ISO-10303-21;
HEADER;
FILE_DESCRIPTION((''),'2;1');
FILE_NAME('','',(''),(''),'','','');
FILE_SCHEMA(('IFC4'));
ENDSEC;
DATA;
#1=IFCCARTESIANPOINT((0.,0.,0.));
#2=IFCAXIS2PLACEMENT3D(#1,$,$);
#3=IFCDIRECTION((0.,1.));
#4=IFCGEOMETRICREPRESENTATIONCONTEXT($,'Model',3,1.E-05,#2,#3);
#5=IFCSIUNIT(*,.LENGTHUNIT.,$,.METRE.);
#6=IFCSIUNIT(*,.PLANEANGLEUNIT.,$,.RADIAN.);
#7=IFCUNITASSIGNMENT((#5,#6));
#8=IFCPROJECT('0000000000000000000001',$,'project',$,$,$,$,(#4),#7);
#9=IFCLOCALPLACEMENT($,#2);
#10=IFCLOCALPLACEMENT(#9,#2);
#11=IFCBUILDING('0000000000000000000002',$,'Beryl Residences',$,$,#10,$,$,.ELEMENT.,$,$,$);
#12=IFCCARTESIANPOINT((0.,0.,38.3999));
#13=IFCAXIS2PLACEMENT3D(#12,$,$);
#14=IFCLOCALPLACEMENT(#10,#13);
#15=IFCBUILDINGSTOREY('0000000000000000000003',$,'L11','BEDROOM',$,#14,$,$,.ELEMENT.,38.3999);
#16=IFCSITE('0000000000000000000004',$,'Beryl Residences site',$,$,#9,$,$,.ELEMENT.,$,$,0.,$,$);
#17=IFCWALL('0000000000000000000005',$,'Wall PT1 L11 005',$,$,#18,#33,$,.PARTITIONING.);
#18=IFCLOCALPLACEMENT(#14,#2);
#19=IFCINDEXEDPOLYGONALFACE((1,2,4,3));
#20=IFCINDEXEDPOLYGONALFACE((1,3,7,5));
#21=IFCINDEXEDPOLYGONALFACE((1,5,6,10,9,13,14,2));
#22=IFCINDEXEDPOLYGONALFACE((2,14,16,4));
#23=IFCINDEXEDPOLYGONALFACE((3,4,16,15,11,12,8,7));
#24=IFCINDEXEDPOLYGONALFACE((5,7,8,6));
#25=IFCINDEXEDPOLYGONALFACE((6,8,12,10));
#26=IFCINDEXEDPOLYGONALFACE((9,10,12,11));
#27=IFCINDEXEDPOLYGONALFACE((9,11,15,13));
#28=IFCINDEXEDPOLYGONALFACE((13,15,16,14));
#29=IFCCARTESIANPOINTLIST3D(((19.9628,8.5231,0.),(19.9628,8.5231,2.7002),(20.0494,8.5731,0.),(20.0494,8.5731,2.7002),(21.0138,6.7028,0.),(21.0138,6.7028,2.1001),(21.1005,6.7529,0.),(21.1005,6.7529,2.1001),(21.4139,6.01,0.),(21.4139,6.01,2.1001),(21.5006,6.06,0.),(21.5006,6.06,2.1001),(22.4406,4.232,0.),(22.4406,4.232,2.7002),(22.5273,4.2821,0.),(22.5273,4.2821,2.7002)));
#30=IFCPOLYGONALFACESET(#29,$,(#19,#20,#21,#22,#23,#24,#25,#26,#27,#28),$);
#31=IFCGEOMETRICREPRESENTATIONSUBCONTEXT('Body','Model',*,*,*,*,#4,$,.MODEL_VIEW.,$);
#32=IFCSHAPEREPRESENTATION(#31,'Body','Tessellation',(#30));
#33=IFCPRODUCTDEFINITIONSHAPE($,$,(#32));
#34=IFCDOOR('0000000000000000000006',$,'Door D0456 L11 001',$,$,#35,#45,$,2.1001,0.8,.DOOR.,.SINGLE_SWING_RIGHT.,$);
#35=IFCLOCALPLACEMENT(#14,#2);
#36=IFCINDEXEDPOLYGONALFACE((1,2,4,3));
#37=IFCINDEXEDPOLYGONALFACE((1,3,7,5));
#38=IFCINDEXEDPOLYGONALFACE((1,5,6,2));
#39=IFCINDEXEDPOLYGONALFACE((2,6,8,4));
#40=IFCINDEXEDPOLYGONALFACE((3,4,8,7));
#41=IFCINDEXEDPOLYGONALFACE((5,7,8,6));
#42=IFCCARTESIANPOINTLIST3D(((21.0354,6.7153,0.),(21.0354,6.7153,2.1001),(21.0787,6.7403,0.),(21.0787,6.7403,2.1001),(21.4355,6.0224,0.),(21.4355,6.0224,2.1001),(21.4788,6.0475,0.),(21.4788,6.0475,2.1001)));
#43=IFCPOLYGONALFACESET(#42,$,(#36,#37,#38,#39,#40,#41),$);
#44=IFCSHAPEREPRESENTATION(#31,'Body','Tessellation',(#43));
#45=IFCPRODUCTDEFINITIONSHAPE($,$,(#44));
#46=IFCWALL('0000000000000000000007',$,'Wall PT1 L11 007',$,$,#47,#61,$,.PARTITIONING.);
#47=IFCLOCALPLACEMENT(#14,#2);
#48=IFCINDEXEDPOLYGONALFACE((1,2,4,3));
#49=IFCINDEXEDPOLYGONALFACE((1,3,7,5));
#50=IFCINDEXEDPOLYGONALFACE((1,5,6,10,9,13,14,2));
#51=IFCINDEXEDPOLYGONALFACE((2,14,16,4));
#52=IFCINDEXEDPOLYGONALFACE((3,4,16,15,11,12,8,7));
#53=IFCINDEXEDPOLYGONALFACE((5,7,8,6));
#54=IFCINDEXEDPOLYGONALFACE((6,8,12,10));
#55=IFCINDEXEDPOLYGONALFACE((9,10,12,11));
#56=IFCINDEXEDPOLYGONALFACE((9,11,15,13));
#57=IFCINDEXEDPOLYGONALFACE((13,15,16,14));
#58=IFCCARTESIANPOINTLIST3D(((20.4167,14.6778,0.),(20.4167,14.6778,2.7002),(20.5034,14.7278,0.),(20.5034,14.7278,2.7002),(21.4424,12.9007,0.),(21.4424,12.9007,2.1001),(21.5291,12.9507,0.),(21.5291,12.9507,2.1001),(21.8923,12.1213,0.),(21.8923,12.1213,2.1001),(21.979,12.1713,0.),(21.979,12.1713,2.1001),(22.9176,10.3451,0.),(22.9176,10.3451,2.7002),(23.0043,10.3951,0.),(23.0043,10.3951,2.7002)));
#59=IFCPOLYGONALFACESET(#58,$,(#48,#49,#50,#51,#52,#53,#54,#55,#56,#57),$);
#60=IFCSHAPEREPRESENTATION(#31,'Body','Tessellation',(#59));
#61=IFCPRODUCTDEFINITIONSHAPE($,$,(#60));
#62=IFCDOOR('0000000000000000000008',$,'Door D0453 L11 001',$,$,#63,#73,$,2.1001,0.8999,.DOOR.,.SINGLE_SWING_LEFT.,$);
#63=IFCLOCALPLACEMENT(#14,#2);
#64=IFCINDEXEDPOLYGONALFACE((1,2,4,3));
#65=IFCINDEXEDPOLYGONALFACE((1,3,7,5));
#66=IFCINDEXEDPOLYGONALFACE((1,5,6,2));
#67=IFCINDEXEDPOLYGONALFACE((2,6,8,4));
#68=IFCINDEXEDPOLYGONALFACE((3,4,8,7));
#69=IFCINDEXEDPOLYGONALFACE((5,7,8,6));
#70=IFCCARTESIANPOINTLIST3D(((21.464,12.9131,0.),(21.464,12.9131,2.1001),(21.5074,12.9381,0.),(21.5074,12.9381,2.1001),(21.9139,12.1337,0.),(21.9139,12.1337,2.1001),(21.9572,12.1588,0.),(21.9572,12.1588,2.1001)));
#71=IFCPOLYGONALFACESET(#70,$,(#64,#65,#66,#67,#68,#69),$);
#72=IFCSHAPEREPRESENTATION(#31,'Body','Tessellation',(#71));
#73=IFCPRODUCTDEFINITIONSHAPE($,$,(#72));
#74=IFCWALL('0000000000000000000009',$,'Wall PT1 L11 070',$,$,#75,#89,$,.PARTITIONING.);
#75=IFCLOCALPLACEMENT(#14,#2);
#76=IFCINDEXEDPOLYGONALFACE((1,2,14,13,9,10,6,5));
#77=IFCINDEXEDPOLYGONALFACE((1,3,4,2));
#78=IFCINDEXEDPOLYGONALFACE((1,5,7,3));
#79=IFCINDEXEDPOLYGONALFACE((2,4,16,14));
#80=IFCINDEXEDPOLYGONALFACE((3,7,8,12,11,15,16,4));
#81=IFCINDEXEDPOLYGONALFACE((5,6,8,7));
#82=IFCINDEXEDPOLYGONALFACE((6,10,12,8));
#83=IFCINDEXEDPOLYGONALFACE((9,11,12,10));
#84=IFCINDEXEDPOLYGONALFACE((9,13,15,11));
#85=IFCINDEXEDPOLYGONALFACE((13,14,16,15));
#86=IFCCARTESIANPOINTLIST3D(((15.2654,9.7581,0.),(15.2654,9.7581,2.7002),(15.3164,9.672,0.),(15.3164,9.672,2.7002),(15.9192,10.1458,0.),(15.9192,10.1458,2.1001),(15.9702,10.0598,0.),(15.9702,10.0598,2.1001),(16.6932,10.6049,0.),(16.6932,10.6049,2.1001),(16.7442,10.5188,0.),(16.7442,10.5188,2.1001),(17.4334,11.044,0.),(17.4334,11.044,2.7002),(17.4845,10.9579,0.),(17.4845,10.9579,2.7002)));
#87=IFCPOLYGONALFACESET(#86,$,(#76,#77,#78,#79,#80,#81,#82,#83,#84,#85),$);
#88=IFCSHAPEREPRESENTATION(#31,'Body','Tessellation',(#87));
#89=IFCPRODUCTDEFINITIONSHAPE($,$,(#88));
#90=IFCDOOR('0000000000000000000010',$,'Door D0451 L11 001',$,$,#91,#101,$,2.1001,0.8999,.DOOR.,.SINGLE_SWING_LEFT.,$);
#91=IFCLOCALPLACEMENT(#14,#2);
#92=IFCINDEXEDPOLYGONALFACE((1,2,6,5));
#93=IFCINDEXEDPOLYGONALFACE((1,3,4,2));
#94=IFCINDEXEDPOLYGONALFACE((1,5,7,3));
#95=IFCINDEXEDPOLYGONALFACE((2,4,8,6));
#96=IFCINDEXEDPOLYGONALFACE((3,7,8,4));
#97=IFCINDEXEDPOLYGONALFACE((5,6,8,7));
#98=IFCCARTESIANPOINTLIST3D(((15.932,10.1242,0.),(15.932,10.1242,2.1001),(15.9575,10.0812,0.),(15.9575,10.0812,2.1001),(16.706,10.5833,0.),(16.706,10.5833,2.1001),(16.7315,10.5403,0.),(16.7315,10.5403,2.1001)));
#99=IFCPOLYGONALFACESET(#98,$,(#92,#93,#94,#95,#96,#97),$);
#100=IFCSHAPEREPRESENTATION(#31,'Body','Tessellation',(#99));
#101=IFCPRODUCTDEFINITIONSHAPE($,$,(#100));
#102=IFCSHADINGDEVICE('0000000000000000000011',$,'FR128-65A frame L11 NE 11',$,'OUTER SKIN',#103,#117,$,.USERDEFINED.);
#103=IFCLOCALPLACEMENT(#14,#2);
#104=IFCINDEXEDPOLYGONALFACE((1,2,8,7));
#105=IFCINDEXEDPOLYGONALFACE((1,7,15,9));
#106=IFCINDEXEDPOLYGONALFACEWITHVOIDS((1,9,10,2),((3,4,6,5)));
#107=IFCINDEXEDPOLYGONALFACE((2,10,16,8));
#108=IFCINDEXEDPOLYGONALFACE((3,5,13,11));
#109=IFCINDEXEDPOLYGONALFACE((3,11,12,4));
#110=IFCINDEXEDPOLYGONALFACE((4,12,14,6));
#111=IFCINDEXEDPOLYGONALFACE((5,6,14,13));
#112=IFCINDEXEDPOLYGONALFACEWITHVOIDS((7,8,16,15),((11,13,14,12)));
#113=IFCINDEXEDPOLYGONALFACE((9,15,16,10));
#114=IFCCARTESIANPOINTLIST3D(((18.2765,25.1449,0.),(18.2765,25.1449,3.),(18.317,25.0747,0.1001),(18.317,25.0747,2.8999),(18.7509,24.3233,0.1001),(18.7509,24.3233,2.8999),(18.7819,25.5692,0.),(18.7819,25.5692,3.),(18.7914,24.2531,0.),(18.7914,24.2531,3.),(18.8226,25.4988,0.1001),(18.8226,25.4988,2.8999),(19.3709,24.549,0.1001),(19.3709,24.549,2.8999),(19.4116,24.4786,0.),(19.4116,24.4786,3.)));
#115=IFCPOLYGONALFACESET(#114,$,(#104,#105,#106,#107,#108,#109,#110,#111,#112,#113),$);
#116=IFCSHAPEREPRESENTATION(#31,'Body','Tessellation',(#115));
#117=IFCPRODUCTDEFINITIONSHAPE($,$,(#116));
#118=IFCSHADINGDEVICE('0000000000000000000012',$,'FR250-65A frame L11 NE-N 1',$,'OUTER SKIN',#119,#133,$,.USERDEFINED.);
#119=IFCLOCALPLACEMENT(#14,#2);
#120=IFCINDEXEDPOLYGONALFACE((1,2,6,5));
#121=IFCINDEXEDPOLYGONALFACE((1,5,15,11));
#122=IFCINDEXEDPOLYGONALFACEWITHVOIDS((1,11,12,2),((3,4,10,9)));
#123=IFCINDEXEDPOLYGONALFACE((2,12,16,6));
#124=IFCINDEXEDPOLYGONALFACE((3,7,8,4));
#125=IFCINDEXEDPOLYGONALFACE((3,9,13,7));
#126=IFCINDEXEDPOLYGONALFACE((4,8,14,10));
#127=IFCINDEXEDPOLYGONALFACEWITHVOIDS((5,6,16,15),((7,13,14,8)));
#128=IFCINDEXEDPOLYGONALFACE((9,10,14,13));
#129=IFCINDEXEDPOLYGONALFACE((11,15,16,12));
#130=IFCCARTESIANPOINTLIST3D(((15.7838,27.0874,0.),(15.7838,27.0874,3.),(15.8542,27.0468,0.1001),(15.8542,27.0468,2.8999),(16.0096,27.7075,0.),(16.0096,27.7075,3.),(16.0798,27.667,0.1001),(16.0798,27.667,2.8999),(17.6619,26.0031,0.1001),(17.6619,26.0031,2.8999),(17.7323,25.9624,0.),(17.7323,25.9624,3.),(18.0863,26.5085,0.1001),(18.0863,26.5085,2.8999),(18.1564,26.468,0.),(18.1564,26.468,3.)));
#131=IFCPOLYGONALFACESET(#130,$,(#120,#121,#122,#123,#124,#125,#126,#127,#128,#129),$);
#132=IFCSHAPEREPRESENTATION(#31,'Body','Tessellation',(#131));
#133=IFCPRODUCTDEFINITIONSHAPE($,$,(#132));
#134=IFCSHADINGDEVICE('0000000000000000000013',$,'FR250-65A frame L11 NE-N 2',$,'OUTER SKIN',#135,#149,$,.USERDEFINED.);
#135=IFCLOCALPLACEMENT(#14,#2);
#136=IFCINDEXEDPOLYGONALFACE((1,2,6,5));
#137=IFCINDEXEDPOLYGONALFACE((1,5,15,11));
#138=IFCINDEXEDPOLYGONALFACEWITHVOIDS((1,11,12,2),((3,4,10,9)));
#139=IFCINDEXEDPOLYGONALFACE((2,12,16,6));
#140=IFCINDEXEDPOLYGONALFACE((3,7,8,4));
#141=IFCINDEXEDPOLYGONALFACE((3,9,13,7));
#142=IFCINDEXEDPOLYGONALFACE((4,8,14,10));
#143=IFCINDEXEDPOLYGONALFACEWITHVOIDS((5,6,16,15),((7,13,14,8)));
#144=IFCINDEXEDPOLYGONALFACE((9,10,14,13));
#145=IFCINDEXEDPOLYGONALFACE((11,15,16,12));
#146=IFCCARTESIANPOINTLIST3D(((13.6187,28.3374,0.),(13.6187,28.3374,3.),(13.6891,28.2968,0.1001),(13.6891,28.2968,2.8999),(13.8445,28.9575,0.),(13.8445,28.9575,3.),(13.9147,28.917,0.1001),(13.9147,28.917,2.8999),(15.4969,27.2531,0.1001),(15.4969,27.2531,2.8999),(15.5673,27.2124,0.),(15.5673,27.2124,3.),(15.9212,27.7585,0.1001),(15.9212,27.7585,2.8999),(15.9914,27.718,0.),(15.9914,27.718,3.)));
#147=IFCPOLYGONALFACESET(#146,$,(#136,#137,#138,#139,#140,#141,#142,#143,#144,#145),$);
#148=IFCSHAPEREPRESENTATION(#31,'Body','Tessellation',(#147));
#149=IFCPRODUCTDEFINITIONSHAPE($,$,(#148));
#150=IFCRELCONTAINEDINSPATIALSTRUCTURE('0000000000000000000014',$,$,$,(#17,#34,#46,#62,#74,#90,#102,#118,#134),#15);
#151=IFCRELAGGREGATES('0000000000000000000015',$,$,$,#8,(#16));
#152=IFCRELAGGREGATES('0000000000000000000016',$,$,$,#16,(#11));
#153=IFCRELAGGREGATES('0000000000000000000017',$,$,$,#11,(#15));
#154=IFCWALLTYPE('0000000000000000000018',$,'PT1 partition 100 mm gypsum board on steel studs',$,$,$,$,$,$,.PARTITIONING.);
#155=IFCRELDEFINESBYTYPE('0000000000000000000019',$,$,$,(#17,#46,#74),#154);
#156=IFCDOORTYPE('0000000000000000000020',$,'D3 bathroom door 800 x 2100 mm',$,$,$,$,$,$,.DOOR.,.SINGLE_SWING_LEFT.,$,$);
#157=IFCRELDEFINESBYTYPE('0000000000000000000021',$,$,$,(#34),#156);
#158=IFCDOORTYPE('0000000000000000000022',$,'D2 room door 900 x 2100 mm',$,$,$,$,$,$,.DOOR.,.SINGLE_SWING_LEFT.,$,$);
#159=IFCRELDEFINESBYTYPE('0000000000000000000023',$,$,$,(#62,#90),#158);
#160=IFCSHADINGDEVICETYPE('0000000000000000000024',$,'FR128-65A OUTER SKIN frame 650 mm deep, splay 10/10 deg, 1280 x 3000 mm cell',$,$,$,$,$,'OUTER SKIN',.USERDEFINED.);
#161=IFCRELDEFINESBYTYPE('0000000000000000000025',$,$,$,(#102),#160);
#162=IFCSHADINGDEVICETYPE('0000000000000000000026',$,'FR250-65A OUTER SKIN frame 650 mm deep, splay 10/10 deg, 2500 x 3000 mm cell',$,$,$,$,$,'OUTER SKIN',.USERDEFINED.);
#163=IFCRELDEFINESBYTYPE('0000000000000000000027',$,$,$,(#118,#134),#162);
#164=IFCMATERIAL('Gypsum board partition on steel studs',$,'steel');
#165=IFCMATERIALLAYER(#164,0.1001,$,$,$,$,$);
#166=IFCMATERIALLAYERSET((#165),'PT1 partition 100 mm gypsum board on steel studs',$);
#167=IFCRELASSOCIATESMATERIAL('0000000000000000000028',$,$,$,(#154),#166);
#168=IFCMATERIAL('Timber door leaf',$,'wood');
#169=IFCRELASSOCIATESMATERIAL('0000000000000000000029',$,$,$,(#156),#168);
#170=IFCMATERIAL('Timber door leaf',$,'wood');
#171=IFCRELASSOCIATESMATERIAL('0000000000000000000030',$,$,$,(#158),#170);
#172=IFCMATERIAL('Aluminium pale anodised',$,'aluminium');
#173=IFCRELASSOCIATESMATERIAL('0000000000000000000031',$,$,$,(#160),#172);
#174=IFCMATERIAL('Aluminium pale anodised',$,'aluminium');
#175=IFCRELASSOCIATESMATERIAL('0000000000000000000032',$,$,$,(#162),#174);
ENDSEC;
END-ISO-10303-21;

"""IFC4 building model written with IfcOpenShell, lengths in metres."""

from ifc_helpers import new_model, entity, si_unit, direction, frame, frame_2d, origin, place, context, subcontext, project, spatial, rectangle, extrude, source, transform, mapped, material, layer, layer_set, type_object, type_shapes, element, fill, save


model = new_model("IFC4")

# Units and contexts
model_context = context("Model", 3, precision=1e-05, world=origin(), true_north=direction((0.0, 1.0)))
body_context = subcontext(model_context, "Body", "Model", "MODEL_VIEW")
ifc_project = project(units=[si_unit("LENGTHUNIT", "METRE"), si_unit("PLANEANGLEUNIT", "RADIAN")], contexts=[model_context])

# Site, building, storey
site_placement = place(None, origin())
site = spatial("IfcSite", under=ifc_project, at=site_placement, Name="Beryl Residences site", CompositionType="ELEMENT", RefElevation=0.0)
building_placement = place(site_placement, origin())
building = spatial("IfcBuilding", under=site, at=building_placement, Name="Beryl Residences", CompositionType="ELEMENT")
storey_placement = place(building_placement, frame((0.0, 0.0, 38.3999)))
storey = spatial("IfcBuildingStorey", under=building, at=storey_placement, Name="L11", Description="BEDROOM", CompositionType="ELEMENT", Elevation=38.3999)

# Shared definitions
ifc_material_1 = material(Name="Gypsum board partition on steel studs", Category="steel")
ifc_layer_1 = layer(ifc_material_1, 0.1001)
ifc_layer_set_1 = layer_set([ifc_layer_1], Name="PT1 partition 100 mm gypsum board on steel studs")
wall_type_1 = type_object("IfcWallType", Name="PT1 partition 100 mm gypsum board on steel studs", PredefinedType="PARTITIONING", material=ifc_layer_set_1)

# Walls, openings, doors
ifc_material_2 = material(Name="Timber door leaf", Category="wood")
door_type_1 = type_object("IfcDoorType", Name="D3 bathroom door 800 x 2100 mm", OperationType="SINGLE_SWING_LEFT", PredefinedType="DOOR", material=ifc_material_2)
wall_1_placement = place(storey_placement, frame((20.0061, 8.5481, 0.0), z_axis=(0.0, 0.0, 1.0), x_axis=(0.500055, -0.865994, 0.0)))
wall_1 = element("IfcWall", 1, at=wall_1_placement, inside=storey, type_object=wall_type_1, Name="Wall PT1 L11 005", PredefinedType="PARTITIONING", context=body_context, shape_type="SweptSolid", body=[
    extrude(rectangle(XDim=4.9551, YDim=0.1001, at=frame_2d((2.4775, 0.0))), origin(), (0.0, 0.0, 1.0), 2.7002),
])
opening_1_placement = place(wall_1_placement, frame((2.1021, 0.0, 0.0)))
opening_1 = element("IfcOpeningElement", 2, at=opening_1_placement, cuts=wall_1, PredefinedType="OPENING", context=body_context, shape_type="SweptSolid", body=[
    extrude(rectangle(XDim=0.8, YDim=2.1001, at=frame_2d((0.3999, 1.05))), frame((0.0, 0.0601, 0.0), z_axis=(0.0, -1.0, 0.0), x_axis=(1.0, 0.0, 0.0)), (0.0, 0.0, 1.0), 0.1201),
])
door_1_placement = place(opening_1_placement, origin())
door_1 = element("IfcDoor", 3, at=door_1_placement, inside=storey, type_object=door_type_1, Name="Door D0456 L11 001", OperationType="SINGLE_SWING_RIGHT", OverallHeight=2.1001, OverallWidth=0.8, PredefinedType="DOOR", context=body_context, shape_type="SweptSolid", body=[
    extrude(rectangle(XDim=0.8, YDim=2.1001, at=frame_2d((0.3999, 1.05))), frame((0.0, 0.0249, 0.0), z_axis=(0.0, -1.0, 0.0), x_axis=(1.0, 0.0, 0.0)), (0.0, 0.0, 1.0), 0.05),
])
fill(opening_1, door_1)
wall_2_placement = place(storey_placement, frame((20.46, 14.7029, 0.0), z_axis=(0.0, 0.0, 1.0), x_axis=(0.499918, -0.866073, 0.0)))
wall_2 = element("IfcWall", 4, at=wall_2_placement, inside=storey, type_object=wall_type_1, Name="Wall PT1 L11 007", PredefinedType="PARTITIONING", context=body_context, shape_type="SweptSolid", body=[
    extrude(rectangle(XDim=5.0027, YDim=0.1001, at=frame_2d((2.5015, 0.0))), origin(), (0.0, 0.0, 1.0), 2.7002),
])
opening_2_placement = place(wall_2_placement, frame((2.052, 0.0, 0.0)))
opening_2 = element("IfcOpeningElement", 5, at=opening_2_placement, cuts=wall_2, PredefinedType="OPENING", context=body_context, shape_type="SweptSolid", body=[
    extrude(rectangle(XDim=0.8999, YDim=2.1001, at=frame_2d((0.45, 1.05))), frame((0.0, 0.0601, 0.0), z_axis=(0.0, -1.0, 0.0), x_axis=(1.0, 0.0, 0.0)), (0.0, 0.0, 1.0), 0.1201),
])
ifc_material_3 = material(Name="Timber door leaf", Category="wood")
door_type_2 = type_object("IfcDoorType", Name="D2 room door 900 x 2100 mm", OperationType="SINGLE_SWING_LEFT", PredefinedType="DOOR", material=ifc_material_3)
door_2_placement = place(opening_2_placement, origin())
door_2 = element("IfcDoor", 6, at=door_2_placement, inside=storey, type_object=door_type_2, Name="Door D0453 L11 001", OperationType="SINGLE_SWING_LEFT", OverallHeight=2.1001, OverallWidth=0.8999, PredefinedType="DOOR", context=body_context, shape_type="SweptSolid", body=[
    extrude(rectangle(XDim=0.8999, YDim=2.1001, at=frame_2d((0.45, 1.05))), frame((0.0, 0.0249, 0.0), z_axis=(0.0, -1.0, 0.0), x_axis=(1.0, 0.0, 0.0)), (0.0, 0.0, 1.0), 0.05),
])
fill(opening_2, door_2)
wall_3_placement = place(storey_placement, frame((15.291, 9.7151, 0.0), z_axis=(0.0, 0.0, 1.0), x_axis=(0.860089, 0.510145, 0.0)))
wall_3 = element("IfcWall", 7, at=wall_3_placement, inside=storey, type_object=wall_type_1, Name="Wall PT1 L11 070", PredefinedType="PARTITIONING", context=body_context, shape_type="SweptSolid", body=[
    extrude(rectangle(XDim=2.5208, YDim=0.1001, at=frame_2d((1.2603, 0.0))), origin(), (0.0, 0.0, 1.0), 2.7002),
])
opening_3_placement = place(wall_3_placement, frame((0.76, 0.0, 0.0)))
opening_3 = element("IfcOpeningElement", 8, at=opening_3_placement, cuts=wall_3, PredefinedType="OPENING", context=body_context, shape_type="SweptSolid", body=[
    extrude(rectangle(XDim=0.8999, YDim=2.1001, at=frame_2d((0.45, 1.05))), frame((0.0, 0.0601, 0.0), z_axis=(0.0, -1.0, 0.0), x_axis=(1.0, 0.0, 0.0)), (0.0, 0.0, 1.0), 0.1201),
])
door_3_placement = place(opening_3_placement, origin())
door_3 = element("IfcDoor", 9, at=door_3_placement, inside=storey, type_object=door_type_2, Name="Door D0451 L11 001", OperationType="SINGLE_SWING_LEFT", OverallHeight=2.1001, OverallWidth=0.8999, PredefinedType="DOOR", context=body_context, shape_type="SweptSolid", body=[
    extrude(rectangle(XDim=0.8999, YDim=2.1001, at=frame_2d((0.45, 1.05))), frame((0.0, 0.0249, 0.0), z_axis=(0.0, -1.0, 0.0), x_axis=(1.0, 0.0, 0.0)), (0.0, 0.0, 1.0), 0.05),
])
fill(opening_3, door_3)

# Shading devices
ifc_material_4 = material(Name="Aluminium pale anodised", Category="aluminium")
shading_device_type_1 = type_object("IfcShadingDeviceType", Name="FR128-65A OUTER SKIN frame 650 mm deep, splay 10/10 deg, 1280 x 3000 mm cell", ElementType="OUTER SKIN", PredefinedType="USERDEFINED", material=ifc_material_4)
cartesian_point_1 = entity("IfcCartesianPoint", [-0.5149, 0.0])
cartesian_point_2 = entity("IfcCartesianPoint", [-0.4338, 0.1001])
cartesian_point_3 = entity("IfcCartesianPoint", [-0.6296, 0.0])
cartesian_point_4 = entity("IfcCartesianPoint", [-0.5483, 0.1001])
shared_shape_1 = source(origin(), body_context, "Body", "SweptSolid", [
    entity("IfcExtrudedAreaSolidTapered", entity("IfcArbitraryProfileDefWithVoids", "AREA", None, entity("IfcPolyline", [cartesian_point_1, entity("IfcCartesianPoint", [0.5149, 0.0]), entity("IfcCartesianPoint", [0.5149, 3.0]), entity("IfcCartesianPoint", [-0.5149, 3.0]), cartesian_point_1]), [entity("IfcPolyline", [cartesian_point_2, entity("IfcCartesianPoint", [0.4338, 0.1001]), entity("IfcCartesianPoint", [0.4338, 2.8999]), entity("IfcCartesianPoint", [-0.4338, 2.8999]), cartesian_point_2])]), entity("IfcAxis2Placement3D", entity("IfcCartesianPoint", [0.0, 0.0, 0.0]), entity("IfcDirection", [0.0, 1.0, 0.0]), entity("IfcDirection", [-1.0, 0.0, 0.0])), entity("IfcDirection", [0.0, 0.0, 1.0]), 0.6499, entity("IfcArbitraryProfileDefWithVoids", "AREA", None, entity("IfcPolyline", [cartesian_point_3, entity("IfcCartesianPoint", [0.6296, 0.0]), entity("IfcCartesianPoint", [0.6296, 3.0]), entity("IfcCartesianPoint", [-0.6296, 3.0]), cartesian_point_3]), [entity("IfcPolyline", [cartesian_point_4, entity("IfcCartesianPoint", [0.5483, 0.1001]), entity("IfcCartesianPoint", [0.5483, 2.8999]), entity("IfcCartesianPoint", [-0.5483, 2.8999]), cartesian_point_4])])),
])
type_shapes(shading_device_type_1, [shared_shape_1])
shading_device_placement = place(storey_placement, frame((18.5339, 24.699, 0.0), z_axis=(0.0, 0.0, 1.0), x_axis=(0.5, -0.866025, 0.0)))
element("IfcShadingDevice", 10, at=shading_device_placement, inside=storey, type_object=shading_device_type_1, Name="FR128-65A frame L11 NE 11", ObjectType="OUTER SKIN", PredefinedType="USERDEFINED", context=body_context, shape_type="MappedRepresentation", body=[
    mapped(shared_shape_1, transform((0.0, 0.0, 0.0))),
])
ifc_material_5 = material(Name="Aluminium pale anodised", Category="aluminium")
shading_device_type_2 = type_object("IfcShadingDeviceType", Name="FR250-65A OUTER SKIN frame 650 mm deep, splay 10/10 deg, 2500 x 3000 mm cell", ElementType="OUTER SKIN", PredefinedType="USERDEFINED", material=ifc_material_5)
cartesian_point_5 = entity("IfcCartesianPoint", [-1.125, 0.0])
cartesian_point_6 = entity("IfcCartesianPoint", [-1.0437, 0.1001])
cartesian_point_7 = entity("IfcCartesianPoint", [-1.2395, 0.0])
cartesian_point_8 = entity("IfcCartesianPoint", [-1.1584, 0.1001])
shared_shape_2 = source(origin(), body_context, "Body", "SweptSolid", [
    entity("IfcExtrudedAreaSolidTapered", entity("IfcArbitraryProfileDefWithVoids", "AREA", None, entity("IfcPolyline", [cartesian_point_5, entity("IfcCartesianPoint", [1.125, 0.0]), entity("IfcCartesianPoint", [1.125, 3.0]), entity("IfcCartesianPoint", [-1.125, 3.0]), cartesian_point_5]), [entity("IfcPolyline", [cartesian_point_6, entity("IfcCartesianPoint", [1.0437, 0.1001]), entity("IfcCartesianPoint", [1.0437, 2.8999]), entity("IfcCartesianPoint", [-1.0437, 2.8999]), cartesian_point_6])]), entity("IfcAxis2Placement3D", entity("IfcCartesianPoint", [0.0, 0.0, 0.0]), entity("IfcDirection", [0.0, 1.0, 0.0]), entity("IfcDirection", [-1.0, 0.0, 0.0])), entity("IfcDirection", [0.0, 0.0, 1.0]), 0.6499, entity("IfcArbitraryProfileDefWithVoids", "AREA", None, entity("IfcPolyline", [cartesian_point_7, entity("IfcCartesianPoint", [1.2395, 0.0]), entity("IfcCartesianPoint", [1.2395, 3.0]), entity("IfcCartesianPoint", [-1.2395, 3.0]), cartesian_point_7]), [entity("IfcPolyline", [cartesian_point_8, entity("IfcCartesianPoint", [1.1584, 0.1001]), entity("IfcCartesianPoint", [1.1584, 2.8999]), entity("IfcCartesianPoint", [-1.1584, 2.8999]), cartesian_point_8])])),
])
type_shapes(shading_device_type_2, [shared_shape_2])
for number, where, z_axis, x_axis, name in (
    (11, (16.7581, 26.5249, 0.0), (0.0, 0.0, 1.0), (0.866025, -0.5, 0.0), "FR250-65A frame L11 NE-N 1"),
    (12, (14.593, 27.7749, 0.0), (0.0, 0.0, 1.0), (0.866025, -0.5, 0.0), "FR250-65A frame L11 NE-N 2"),
):
    element("IfcShadingDevice", number, at=place(storey_placement, frame(where, z_axis=z_axis, x_axis=x_axis)), inside=storey, type_object=shading_device_type_2, Name=name, ObjectType="OUTER SKIN", PredefinedType="USERDEFINED", context=body_context, shape_type="MappedRepresentation", body=[
        mapped(shared_shape_2, transform((0.0, 0.0, 0.0))),
    ])

save(model, "model.ifc")
